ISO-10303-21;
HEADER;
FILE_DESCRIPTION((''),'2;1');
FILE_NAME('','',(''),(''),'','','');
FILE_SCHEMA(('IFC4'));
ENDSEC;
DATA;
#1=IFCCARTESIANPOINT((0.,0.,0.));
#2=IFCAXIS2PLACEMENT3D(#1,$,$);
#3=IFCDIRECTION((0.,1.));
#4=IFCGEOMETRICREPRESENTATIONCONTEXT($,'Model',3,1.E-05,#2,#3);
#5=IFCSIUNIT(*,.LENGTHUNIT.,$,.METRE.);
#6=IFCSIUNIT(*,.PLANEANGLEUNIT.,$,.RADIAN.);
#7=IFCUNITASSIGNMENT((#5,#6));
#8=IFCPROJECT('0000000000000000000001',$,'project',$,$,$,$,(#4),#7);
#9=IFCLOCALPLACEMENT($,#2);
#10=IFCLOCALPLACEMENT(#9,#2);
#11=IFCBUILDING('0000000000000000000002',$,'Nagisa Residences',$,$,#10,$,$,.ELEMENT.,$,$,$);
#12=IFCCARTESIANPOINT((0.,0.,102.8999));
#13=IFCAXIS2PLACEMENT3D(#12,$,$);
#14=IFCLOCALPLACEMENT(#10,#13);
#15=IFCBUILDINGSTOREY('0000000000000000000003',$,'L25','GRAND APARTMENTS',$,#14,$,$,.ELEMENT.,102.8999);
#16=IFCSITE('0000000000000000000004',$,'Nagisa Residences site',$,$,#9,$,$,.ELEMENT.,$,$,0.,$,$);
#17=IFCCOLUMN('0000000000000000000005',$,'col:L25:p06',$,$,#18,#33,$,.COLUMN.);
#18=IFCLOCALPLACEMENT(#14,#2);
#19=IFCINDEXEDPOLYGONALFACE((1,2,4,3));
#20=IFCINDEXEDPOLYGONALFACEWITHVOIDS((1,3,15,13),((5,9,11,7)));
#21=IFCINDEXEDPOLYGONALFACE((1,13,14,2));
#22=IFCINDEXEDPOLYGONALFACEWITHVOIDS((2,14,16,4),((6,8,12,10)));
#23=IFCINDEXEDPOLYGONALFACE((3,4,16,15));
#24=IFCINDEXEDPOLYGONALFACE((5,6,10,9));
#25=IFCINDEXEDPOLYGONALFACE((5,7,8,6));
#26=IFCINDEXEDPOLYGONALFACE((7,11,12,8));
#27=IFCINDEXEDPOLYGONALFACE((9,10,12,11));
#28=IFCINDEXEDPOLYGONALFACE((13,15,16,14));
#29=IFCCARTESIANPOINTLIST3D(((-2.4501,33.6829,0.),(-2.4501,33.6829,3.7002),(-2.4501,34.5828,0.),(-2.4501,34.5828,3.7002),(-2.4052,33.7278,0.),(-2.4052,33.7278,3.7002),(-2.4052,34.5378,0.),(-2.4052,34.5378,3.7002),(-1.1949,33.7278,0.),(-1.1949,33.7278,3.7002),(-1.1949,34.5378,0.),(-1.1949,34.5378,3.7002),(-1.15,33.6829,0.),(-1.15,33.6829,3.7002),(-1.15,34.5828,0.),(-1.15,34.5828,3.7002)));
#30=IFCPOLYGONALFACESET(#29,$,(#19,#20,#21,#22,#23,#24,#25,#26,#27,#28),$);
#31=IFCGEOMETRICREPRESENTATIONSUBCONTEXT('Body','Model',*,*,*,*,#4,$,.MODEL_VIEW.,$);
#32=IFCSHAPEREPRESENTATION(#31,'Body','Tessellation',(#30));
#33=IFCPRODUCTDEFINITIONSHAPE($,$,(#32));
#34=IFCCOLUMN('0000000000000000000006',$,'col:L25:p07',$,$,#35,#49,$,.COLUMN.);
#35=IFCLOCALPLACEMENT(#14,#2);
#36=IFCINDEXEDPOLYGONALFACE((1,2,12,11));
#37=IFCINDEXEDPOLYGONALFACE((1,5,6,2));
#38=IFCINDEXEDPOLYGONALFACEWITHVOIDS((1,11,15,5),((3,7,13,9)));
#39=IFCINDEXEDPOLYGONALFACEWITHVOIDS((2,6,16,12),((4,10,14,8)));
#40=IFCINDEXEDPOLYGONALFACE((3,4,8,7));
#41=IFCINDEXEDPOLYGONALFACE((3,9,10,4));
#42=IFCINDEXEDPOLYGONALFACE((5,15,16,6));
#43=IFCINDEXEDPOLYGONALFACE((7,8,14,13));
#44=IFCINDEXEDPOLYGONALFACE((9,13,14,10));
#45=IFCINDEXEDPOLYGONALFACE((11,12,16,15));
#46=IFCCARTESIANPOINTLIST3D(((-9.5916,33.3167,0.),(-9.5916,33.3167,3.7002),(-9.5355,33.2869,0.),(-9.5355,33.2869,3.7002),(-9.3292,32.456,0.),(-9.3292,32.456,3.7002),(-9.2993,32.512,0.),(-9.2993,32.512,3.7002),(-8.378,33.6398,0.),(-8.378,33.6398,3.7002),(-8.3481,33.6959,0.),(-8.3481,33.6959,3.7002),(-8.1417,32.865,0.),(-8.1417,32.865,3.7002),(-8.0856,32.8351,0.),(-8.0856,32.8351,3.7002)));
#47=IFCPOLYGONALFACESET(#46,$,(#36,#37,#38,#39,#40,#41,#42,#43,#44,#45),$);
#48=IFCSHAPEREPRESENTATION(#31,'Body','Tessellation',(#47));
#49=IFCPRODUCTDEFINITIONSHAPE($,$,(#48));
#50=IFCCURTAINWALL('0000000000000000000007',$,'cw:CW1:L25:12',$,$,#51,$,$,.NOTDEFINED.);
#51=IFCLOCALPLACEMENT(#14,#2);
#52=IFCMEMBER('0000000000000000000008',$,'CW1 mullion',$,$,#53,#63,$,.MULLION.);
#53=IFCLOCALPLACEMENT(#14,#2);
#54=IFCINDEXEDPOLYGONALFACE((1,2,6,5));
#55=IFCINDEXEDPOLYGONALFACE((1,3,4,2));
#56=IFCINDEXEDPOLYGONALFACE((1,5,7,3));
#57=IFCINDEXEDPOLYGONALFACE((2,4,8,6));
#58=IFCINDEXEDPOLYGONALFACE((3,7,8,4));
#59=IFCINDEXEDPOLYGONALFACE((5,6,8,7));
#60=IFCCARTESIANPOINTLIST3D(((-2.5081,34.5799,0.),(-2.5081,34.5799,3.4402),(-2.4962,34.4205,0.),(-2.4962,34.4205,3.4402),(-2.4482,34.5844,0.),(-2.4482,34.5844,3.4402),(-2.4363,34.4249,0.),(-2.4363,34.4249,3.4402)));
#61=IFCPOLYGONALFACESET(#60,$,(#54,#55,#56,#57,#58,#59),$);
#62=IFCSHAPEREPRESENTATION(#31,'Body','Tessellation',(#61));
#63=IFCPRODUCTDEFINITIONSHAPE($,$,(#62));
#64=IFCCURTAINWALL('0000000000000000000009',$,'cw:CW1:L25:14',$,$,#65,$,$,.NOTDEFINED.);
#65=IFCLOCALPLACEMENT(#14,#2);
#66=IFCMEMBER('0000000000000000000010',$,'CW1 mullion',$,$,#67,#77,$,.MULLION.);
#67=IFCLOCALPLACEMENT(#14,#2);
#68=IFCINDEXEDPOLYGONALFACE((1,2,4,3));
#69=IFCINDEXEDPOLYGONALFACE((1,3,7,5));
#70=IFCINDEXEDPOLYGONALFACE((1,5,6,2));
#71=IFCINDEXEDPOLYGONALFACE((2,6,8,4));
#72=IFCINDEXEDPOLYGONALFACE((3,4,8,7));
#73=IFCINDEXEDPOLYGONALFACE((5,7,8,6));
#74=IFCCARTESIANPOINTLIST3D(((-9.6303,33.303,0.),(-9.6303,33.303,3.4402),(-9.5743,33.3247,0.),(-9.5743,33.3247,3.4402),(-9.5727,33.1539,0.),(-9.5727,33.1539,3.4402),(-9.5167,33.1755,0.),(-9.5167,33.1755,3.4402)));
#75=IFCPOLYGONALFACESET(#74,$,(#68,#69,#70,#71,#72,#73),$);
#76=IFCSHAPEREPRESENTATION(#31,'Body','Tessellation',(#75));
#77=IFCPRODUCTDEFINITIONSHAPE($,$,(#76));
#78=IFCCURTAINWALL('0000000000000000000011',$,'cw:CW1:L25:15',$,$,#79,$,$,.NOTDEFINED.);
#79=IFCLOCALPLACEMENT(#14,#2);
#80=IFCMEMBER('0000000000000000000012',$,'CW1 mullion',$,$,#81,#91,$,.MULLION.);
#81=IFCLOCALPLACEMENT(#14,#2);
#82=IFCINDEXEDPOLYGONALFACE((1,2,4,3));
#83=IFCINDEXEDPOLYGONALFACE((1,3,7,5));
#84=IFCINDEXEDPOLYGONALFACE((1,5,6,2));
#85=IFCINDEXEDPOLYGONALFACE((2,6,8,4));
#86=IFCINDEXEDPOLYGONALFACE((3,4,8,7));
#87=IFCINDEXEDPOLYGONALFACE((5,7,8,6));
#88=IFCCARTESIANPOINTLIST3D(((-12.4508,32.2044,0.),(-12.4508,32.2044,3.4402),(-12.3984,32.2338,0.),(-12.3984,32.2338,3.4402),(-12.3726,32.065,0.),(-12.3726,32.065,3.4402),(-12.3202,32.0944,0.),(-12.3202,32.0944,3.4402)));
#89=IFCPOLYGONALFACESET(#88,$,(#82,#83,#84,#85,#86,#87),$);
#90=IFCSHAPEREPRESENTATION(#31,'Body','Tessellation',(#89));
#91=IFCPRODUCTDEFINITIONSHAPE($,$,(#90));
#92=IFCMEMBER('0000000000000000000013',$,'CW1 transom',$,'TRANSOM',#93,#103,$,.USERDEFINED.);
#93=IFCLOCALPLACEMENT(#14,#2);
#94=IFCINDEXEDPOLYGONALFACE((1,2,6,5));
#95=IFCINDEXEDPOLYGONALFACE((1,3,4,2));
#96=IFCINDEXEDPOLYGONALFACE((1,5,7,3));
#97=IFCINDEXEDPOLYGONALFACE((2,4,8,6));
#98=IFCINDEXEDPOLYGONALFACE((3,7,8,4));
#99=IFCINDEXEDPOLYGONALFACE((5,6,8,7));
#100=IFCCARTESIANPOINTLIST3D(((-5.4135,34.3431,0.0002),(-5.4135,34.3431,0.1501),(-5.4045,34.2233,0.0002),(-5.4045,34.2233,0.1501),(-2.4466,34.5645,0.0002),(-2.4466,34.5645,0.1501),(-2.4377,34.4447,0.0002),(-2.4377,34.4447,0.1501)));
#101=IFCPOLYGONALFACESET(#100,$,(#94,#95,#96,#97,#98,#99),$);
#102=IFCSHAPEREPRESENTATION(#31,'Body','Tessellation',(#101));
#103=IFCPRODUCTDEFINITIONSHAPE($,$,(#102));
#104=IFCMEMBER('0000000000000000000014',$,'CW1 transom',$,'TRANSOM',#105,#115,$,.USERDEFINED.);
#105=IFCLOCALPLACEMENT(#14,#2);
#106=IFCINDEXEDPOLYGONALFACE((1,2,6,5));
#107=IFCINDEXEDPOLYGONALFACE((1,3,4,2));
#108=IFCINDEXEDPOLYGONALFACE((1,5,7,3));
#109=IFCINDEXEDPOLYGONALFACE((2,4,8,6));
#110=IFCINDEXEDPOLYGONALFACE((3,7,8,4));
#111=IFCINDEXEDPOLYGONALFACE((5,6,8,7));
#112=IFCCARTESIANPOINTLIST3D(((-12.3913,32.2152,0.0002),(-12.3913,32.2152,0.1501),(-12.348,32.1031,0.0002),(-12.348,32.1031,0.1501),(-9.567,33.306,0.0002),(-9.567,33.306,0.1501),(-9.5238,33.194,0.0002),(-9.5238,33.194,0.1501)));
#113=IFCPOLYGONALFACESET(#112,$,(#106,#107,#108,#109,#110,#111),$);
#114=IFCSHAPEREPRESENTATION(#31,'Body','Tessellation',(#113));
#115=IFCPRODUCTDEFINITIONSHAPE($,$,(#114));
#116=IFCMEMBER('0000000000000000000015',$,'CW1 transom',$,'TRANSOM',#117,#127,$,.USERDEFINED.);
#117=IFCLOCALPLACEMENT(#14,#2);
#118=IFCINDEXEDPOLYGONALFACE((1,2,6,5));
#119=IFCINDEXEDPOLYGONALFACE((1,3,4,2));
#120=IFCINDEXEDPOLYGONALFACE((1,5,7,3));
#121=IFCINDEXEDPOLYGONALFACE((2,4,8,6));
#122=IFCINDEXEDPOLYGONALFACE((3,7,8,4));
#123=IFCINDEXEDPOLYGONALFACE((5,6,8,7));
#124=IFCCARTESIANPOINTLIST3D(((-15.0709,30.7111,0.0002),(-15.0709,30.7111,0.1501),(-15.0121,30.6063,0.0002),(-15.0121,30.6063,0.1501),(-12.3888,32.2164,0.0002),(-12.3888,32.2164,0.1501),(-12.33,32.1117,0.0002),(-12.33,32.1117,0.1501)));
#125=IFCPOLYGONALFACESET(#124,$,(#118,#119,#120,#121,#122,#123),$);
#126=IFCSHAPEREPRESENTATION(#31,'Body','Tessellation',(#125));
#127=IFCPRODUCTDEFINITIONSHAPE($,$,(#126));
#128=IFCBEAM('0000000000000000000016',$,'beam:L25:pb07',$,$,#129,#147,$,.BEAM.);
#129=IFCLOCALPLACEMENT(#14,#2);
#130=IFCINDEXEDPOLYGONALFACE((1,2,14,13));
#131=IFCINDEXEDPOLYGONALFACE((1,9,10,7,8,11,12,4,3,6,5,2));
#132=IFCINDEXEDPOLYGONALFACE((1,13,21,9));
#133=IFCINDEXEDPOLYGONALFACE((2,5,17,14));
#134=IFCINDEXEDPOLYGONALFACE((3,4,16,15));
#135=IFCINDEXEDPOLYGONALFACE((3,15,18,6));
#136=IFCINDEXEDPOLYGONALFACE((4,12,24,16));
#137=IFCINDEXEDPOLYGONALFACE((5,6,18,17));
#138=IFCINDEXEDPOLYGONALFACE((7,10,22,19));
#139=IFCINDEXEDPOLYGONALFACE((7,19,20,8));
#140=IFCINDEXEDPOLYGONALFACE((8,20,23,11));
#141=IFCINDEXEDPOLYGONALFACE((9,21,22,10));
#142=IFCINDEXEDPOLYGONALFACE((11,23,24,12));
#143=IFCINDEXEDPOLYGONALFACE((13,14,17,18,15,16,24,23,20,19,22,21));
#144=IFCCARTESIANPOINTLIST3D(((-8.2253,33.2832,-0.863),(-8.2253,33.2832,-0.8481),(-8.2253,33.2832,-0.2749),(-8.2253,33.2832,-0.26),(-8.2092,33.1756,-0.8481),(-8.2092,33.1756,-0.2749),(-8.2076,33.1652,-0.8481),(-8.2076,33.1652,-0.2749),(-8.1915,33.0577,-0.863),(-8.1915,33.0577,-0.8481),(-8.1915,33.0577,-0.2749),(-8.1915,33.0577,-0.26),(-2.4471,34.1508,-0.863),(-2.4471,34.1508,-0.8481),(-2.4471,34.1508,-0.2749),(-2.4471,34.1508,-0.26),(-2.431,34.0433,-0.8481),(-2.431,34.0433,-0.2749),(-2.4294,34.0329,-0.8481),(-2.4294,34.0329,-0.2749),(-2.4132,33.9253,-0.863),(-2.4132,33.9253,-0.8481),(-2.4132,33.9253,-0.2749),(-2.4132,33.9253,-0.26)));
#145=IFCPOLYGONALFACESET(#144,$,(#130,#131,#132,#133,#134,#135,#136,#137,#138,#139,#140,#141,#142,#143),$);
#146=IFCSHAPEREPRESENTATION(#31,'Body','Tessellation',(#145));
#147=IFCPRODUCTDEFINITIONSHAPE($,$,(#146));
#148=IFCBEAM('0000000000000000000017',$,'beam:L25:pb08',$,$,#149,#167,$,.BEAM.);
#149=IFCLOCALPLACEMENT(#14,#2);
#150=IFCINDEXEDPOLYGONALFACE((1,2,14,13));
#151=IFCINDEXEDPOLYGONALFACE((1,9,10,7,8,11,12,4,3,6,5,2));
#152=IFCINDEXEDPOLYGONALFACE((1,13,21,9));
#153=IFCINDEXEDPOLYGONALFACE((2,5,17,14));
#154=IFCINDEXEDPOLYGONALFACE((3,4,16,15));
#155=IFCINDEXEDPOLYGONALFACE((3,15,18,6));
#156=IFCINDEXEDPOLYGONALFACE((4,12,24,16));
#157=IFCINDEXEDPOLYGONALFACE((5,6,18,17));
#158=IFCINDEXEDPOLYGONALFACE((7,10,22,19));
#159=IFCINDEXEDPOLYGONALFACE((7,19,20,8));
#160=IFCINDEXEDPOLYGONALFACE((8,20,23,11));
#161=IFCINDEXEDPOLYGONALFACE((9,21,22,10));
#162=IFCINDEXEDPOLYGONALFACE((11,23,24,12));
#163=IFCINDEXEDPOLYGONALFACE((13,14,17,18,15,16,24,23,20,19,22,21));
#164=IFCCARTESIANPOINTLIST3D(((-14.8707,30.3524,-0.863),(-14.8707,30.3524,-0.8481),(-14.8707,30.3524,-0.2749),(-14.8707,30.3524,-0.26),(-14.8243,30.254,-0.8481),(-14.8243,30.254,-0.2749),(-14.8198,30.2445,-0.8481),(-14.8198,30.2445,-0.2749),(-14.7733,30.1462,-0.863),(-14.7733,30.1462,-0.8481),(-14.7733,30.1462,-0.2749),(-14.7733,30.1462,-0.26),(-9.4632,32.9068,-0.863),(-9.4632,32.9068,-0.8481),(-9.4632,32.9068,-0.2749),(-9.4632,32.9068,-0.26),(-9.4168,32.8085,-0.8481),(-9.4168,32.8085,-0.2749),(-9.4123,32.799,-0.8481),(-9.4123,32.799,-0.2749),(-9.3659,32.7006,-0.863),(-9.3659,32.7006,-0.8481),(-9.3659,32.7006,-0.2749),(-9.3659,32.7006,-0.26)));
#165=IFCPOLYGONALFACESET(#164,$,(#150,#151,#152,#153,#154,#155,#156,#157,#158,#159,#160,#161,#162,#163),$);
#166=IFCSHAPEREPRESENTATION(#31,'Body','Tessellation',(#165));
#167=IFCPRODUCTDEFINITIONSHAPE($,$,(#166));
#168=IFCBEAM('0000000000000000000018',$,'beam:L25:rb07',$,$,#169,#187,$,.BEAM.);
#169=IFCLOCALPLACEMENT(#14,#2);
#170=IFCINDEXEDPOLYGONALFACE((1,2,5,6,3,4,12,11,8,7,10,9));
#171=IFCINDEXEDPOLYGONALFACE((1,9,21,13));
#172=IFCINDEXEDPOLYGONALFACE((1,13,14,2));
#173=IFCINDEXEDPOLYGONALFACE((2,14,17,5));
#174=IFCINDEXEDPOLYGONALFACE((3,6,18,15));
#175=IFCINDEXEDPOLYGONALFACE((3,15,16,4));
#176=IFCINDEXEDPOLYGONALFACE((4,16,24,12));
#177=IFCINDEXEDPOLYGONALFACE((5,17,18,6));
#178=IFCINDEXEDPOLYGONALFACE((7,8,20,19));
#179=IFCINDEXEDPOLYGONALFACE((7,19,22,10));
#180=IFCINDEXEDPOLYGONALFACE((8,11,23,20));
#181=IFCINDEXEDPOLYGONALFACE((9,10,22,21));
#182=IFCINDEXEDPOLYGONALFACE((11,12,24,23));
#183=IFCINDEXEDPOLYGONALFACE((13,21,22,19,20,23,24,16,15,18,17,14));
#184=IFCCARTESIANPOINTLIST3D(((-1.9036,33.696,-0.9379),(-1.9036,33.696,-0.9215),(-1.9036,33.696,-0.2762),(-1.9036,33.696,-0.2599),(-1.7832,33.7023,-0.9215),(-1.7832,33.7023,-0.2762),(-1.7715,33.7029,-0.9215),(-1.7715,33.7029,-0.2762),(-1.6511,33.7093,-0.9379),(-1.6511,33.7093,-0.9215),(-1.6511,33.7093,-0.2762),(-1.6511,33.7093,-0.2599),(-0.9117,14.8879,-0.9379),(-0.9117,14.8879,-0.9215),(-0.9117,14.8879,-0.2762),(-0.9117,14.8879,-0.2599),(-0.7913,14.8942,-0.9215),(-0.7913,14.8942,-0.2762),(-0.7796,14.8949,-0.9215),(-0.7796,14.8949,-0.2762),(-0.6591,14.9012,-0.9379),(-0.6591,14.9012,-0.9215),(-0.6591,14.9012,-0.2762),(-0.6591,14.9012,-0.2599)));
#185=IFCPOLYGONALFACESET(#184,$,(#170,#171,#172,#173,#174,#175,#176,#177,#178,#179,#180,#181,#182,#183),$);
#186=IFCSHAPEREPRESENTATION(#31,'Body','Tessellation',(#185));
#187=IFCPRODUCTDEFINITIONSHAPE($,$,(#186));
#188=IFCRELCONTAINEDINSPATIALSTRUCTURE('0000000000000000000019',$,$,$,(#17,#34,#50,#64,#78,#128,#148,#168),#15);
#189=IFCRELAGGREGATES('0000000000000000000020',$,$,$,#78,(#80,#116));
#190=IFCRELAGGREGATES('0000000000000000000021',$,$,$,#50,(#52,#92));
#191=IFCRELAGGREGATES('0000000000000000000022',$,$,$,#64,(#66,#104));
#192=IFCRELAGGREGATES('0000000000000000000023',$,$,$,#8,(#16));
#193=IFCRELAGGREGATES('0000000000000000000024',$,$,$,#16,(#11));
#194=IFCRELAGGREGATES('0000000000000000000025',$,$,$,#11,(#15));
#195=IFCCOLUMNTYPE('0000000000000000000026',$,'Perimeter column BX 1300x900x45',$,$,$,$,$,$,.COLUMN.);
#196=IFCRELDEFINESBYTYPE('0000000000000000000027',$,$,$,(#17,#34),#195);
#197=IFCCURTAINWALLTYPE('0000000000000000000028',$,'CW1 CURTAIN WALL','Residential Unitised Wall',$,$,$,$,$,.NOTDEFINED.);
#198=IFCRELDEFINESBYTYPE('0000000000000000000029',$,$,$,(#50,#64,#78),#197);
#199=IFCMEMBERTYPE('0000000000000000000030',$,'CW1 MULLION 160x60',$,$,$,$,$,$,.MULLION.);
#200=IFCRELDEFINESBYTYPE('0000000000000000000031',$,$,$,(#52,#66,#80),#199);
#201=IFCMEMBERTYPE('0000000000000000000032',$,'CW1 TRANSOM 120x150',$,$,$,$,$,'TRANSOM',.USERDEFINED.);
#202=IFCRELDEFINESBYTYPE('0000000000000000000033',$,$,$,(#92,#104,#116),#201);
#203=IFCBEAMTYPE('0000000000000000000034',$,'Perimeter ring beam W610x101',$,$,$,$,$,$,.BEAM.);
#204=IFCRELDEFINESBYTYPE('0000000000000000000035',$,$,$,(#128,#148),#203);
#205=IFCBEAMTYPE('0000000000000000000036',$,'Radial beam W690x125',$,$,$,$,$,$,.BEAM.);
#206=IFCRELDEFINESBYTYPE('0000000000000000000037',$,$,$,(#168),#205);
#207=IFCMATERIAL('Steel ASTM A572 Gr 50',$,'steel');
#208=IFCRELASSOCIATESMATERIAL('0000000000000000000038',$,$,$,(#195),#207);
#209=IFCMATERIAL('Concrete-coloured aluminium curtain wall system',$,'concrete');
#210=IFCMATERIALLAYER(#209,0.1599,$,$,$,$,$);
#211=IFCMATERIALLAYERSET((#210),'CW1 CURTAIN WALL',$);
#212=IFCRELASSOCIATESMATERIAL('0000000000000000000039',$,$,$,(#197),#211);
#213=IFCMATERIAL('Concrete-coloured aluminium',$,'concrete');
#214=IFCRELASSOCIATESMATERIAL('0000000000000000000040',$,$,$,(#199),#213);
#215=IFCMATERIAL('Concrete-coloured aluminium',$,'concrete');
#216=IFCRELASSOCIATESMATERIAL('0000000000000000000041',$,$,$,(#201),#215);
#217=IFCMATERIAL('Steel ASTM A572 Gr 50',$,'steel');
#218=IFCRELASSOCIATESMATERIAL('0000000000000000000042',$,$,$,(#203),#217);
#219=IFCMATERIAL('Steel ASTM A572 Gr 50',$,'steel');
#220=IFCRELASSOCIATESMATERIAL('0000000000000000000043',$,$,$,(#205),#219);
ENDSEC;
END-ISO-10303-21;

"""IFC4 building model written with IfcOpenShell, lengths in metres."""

from ifc_helpers import new_model, si_unit, direction, frame, origin, origin_2d, place, context, subcontext, project, spatial, rectangle, hollow_rectangle, i_section, extrude, material, layer, layer_set, material_profile, profile_set, type_object, element, aggregate, save


model = new_model("IFC4")

# Units and contexts
model_context = context("Model", 3, precision=1e-05, world=origin(), true_north=direction((0.0, 1.0)))
body_context = subcontext(model_context, "Body", "Model", "MODEL_VIEW")
ifc_project = project(units=[si_unit("LENGTHUNIT", "METRE"), si_unit("PLANEANGLEUNIT", "RADIAN")], contexts=[model_context])

# Site, building, storey
site_placement = place(None, origin())
site = spatial("IfcSite", under=ifc_project, at=site_placement, Name="Nagisa Residences site", CompositionType="ELEMENT", RefElevation=0.0)
building_placement = place(site_placement, origin())
building = spatial("IfcBuilding", under=site, at=building_placement, Name="Nagisa Residences", CompositionType="ELEMENT")
storey_placement = place(building_placement, frame((0.0, 0.0, 102.8999)))
storey = spatial("IfcBuildingStorey", under=building, at=storey_placement, Name="L25", Description="GRAND APARTMENTS", CompositionType="ELEMENT", Elevation=102.8999)

# Columns
ifc_material_1 = material(Name="Steel ASTM A572 Gr 50", Category="steel")
ifc_material_profile_1 = material_profile(ifc_material_1, hollow_rectangle(XDim=1.3, YDim=0.8999, WallThickness=0.0449, at=origin_2d()), Name="BX 1300x900x45")
ifc_profile_set_1 = profile_set([ifc_material_profile_1], Name="Steel ASTM A572 Gr 50")
column_type = type_object("IfcColumnType", Name="Perimeter column BX 1300x900x45", PredefinedType="COLUMN", material=ifc_profile_set_1)
for number, where, z_axis, x_axis, name in (
    (1, (-1.8, 34.1328, 0.0), (0.0, 0.0, 1.0), (-1.0, 0.0, 0.0), "col:L25:p06"),
    (2, (-8.8386, 33.0759, 0.0), (0.0, 0.0, 1.0), (-0.956525, -0.291652, 0.0), "col:L25:p07"),
):
    element("IfcColumn", number, at=place(storey_placement, frame(where, z_axis=z_axis, x_axis=x_axis)), inside=storey, type_object=column_type, Name=name, PredefinedType="COLUMN", context=body_context, shape_type="SweptSolid", body=[
        extrude(hollow_rectangle(XDim=1.3, YDim=0.8999, WallThickness=0.0449, at=origin_2d()), origin(), (0.0, 0.0, 1.0), 3.7002),
    ])

# Curtain walls, members
ifc_material_2 = material(Name="Concrete-coloured aluminium curtain wall system", Category="concrete")
ifc_layer_1 = layer(ifc_material_2, 0.1599)
ifc_layer_set_1 = layer_set([ifc_layer_1], Name="CW1 CURTAIN WALL")
curtain_wall_type = type_object("IfcCurtainWallType", Name="CW1 CURTAIN WALL", Description="Residential Unitised Wall", PredefinedType="NOTDEFINED", material=ifc_layer_set_1)
curtain_wall_1_placement = place(storey_placement, origin())
curtain_wall_1 = element("IfcCurtainWall", 3, at=curtain_wall_1_placement, inside=storey, type_object=curtain_wall_type, Name="cw:CW1:L25:12", PredefinedType="NOTDEFINED")
ifc_material_3 = material(Name="Concrete-coloured aluminium", Category="concrete")
ifc_material_profile_2 = material_profile(ifc_material_3, rectangle(XDim=0.1599, YDim=0.0601, at=origin_2d()), Name="CW1 MULLION 160x60")
ifc_profile_set_2 = profile_set([ifc_material_profile_2], Name="Concrete-coloured aluminium")
member_type_1 = type_object("IfcMemberType", Name="CW1 MULLION 160x60", PredefinedType="MULLION", material=ifc_profile_set_2)
member_1_placement = place(storey_placement, frame((-2.4722, 34.5024, 0.0), z_axis=(0.0, 0.0, 1.0), x_axis=(0.074377, -0.99723, 0.0)))
member_1 = element("IfcMember", 4, at=member_1_placement, type_object=member_type_1, Name="CW1 mullion", PredefinedType="MULLION", context=body_context, shape_type="SweptSolid", body=[
    extrude(rectangle(XDim=0.1599, YDim=0.0601, at=origin_2d()), origin(), (0.0, 0.0, 1.0), 3.4402),
])
curtain_wall_2_placement = place(storey_placement, origin())
curtain_wall_2 = element("IfcCurtainWall", 5, at=curtain_wall_2_placement, inside=storey, type_object=curtain_wall_type, Name="cw:CW1:L25:14", PredefinedType="NOTDEFINED")
member_2_placement = place(storey_placement, frame((-9.5735, 33.2393, 0.0), z_axis=(0.0, 0.0, 1.0), x_axis=(0.360328, -0.932826, 0.0)))
member_2 = element("IfcMember", 6, at=member_2_placement, type_object=member_type_1, Name="CW1 mullion", PredefinedType="MULLION", context=body_context, shape_type="SweptSolid", body=[
    extrude(rectangle(XDim=0.1599, YDim=0.0601, at=origin_2d()), origin(), (0.0, 0.0, 1.0), 3.4402),
])
curtain_wall_3_placement = place(storey_placement, origin())
curtain_wall_3 = element("IfcCurtainWall", 7, at=curtain_wall_3_placement, inside=storey, type_object=curtain_wall_type, Name="cw:CW1:L25:15", PredefinedType="NOTDEFINED")
member_3_placement = place(storey_placement, frame((-12.3855, 32.1494, 0.0), z_axis=(0.0, 0.0, 1.0), x_axis=(0.489377, -0.872072, 0.0)))
member_3 = element("IfcMember", 8, at=member_3_placement, type_object=member_type_1, Name="CW1 mullion", PredefinedType="MULLION", context=body_context, shape_type="SweptSolid", body=[
    extrude(rectangle(XDim=0.1599, YDim=0.0601, at=origin_2d()), origin(), (0.0, 0.0, 1.0), 3.4402),
])

# Members
ifc_material_4 = material(Name="Concrete-coloured aluminium", Category="concrete")
ifc_material_profile_3 = material_profile(ifc_material_4, rectangle(XDim=0.1201, YDim=0.1499, at=origin_2d()), Name="CW1 TRANSOM 120x150")
ifc_profile_set_3 = profile_set([ifc_material_profile_3], Name="Concrete-coloured aluminium")
member_type_2 = type_object("IfcMemberType", Name="CW1 TRANSOM 120x150", ElementType="TRANSOM", PredefinedType="USERDEFINED", material=ifc_profile_set_3)
member_4_placement = place(storey_placement, frame((-2.4421, 34.5046, 0.0752), z_axis=(-0.997226, -0.074431, 0.0), x_axis=(0.074431, -0.997226, 0.0)))
member_4 = element("IfcMember", 9, at=member_4_placement, type_object=member_type_2, Name="CW1 transom", ObjectType="TRANSOM", PredefinedType="USERDEFINED", context=body_context, shape_type="SweptSolid", body=[
    extrude(rectangle(XDim=0.1201, YDim=0.1499, at=origin_2d()), origin(), (0.0, 0.0, 1.0), 2.9751),
])
member_5_placement = place(storey_placement, frame((-9.5454, 33.25, 0.0752), z_axis=(-0.932838, -0.360297, 0.0), x_axis=(0.360297, -0.932838, 0.0)))
member_5 = element("IfcMember", 10, at=member_5_placement, type_object=member_type_2, Name="CW1 transom", ObjectType="TRANSOM", PredefinedType="USERDEFINED", context=body_context, shape_type="SweptSolid", body=[
    extrude(rectangle(XDim=0.1201, YDim=0.1499, at=origin_2d()), origin(), (0.0, 0.0, 1.0), 3.0276),
])
member_6_placement = place(storey_placement, frame((-12.3594, 32.1641, 0.0752), z_axis=(-0.872037, -0.489439, 0.0), x_axis=(0.489439, -0.872037, 0.0)))
member_6 = element("IfcMember", 11, at=member_6_placement, type_object=member_type_2, Name="CW1 transom", ObjectType="TRANSOM", PredefinedType="USERDEFINED", context=body_context, shape_type="SweptSolid", body=[
    extrude(rectangle(XDim=0.1201, YDim=0.1499, at=origin_2d()), origin(), (0.0, 0.0, 1.0), 3.0757),
])
aggregate(curtain_wall_3, [member_3, member_6])

# Beams
ifc_material_5 = material(Name="Steel ASTM A572 Gr 50", Category="steel")
ifc_material_profile_4 = material_profile(ifc_material_5, i_section(OverallWidth=0.228, OverallDepth=0.603, WebThickness=0.0105, FlangeThickness=0.0149, at=origin_2d()), Name="W610x101")
ifc_profile_set_4 = profile_set([ifc_material_profile_4], Name="Steel ASTM A572 Gr 50")
beam_type_1 = type_object("IfcBeamType", Name="Perimeter ring beam W610x101", PredefinedType="BEAM", material=ifc_profile_set_4)
beam_1_placement = place(storey_placement, frame((-2.4302, 34.0381, -0.5615), z_axis=(-0.988913, -0.148496, 0.0), x_axis=(0.148496, -0.988913, 0.0)))
element("IfcBeam", 12, at=beam_1_placement, inside=storey, type_object=beam_type_1, Name="beam:L25:pb07", PredefinedType="BEAM", context=body_context, shape_type="SweptSolid", body=[
    extrude(i_section(OverallWidth=0.228, OverallDepth=0.603, WebThickness=0.0105, FlangeThickness=0.0149, at=origin_2d()), origin(), (0.0, 0.0, 1.0), 5.843),
])
beam_2_placement = place(storey_placement, frame((-9.4146, 32.8037, -0.5615), z_axis=(-0.90419, -0.427131, 0.0), x_axis=(0.427131, -0.90419, 0.0)))
element("IfcBeam", 13, at=beam_2_placement, inside=storey, type_object=beam_type_1, Name="beam:L25:pb08", PredefinedType="BEAM", context=body_context, shape_type="SweptSolid", body=[
    extrude(i_section(OverallWidth=0.228, OverallDepth=0.603, WebThickness=0.0105, FlangeThickness=0.0149, at=origin_2d()), origin(), (0.0, 0.0, 1.0), 5.9805),
])
ifc_material_6 = material(Name="Steel ASTM A572 Gr 50", Category="steel")
ifc_material_profile_5 = material_profile(ifc_material_6, i_section(OverallWidth=0.2529, OverallDepth=0.678, WebThickness=0.0117, FlangeThickness=0.0164, at=origin_2d()), Name="W690x125")
ifc_profile_set_5 = profile_set([ifc_material_profile_5], Name="Steel ASTM A572 Gr 50")
beam_type_2 = type_object("IfcBeamType", Name="Radial beam W690x125", PredefinedType="BEAM", material=ifc_profile_set_5)
beam_3_placement = place(storey_placement, frame((-1.7773, 33.7026, -0.5989), z_axis=(0.052667, -0.998612, 0.0), x_axis=(0.998612, 0.052667, 0.0)))
element("IfcBeam", 14, at=beam_3_placement, inside=storey, type_object=beam_type_2, Name="beam:L25:rb07", PredefinedType="BEAM", context=body_context, shape_type="SweptSolid", body=[
    extrude(i_section(OverallWidth=0.2529, OverallDepth=0.678, WebThickness=0.0117, FlangeThickness=0.0164, at=origin_2d()), origin(), (0.0, 0.0, 1.0), 18.8342),
])

aggregate(curtain_wall_1, [member_1, member_4])
aggregate(curtain_wall_2, [member_2, member_5])

save(model, "model.ifc")
